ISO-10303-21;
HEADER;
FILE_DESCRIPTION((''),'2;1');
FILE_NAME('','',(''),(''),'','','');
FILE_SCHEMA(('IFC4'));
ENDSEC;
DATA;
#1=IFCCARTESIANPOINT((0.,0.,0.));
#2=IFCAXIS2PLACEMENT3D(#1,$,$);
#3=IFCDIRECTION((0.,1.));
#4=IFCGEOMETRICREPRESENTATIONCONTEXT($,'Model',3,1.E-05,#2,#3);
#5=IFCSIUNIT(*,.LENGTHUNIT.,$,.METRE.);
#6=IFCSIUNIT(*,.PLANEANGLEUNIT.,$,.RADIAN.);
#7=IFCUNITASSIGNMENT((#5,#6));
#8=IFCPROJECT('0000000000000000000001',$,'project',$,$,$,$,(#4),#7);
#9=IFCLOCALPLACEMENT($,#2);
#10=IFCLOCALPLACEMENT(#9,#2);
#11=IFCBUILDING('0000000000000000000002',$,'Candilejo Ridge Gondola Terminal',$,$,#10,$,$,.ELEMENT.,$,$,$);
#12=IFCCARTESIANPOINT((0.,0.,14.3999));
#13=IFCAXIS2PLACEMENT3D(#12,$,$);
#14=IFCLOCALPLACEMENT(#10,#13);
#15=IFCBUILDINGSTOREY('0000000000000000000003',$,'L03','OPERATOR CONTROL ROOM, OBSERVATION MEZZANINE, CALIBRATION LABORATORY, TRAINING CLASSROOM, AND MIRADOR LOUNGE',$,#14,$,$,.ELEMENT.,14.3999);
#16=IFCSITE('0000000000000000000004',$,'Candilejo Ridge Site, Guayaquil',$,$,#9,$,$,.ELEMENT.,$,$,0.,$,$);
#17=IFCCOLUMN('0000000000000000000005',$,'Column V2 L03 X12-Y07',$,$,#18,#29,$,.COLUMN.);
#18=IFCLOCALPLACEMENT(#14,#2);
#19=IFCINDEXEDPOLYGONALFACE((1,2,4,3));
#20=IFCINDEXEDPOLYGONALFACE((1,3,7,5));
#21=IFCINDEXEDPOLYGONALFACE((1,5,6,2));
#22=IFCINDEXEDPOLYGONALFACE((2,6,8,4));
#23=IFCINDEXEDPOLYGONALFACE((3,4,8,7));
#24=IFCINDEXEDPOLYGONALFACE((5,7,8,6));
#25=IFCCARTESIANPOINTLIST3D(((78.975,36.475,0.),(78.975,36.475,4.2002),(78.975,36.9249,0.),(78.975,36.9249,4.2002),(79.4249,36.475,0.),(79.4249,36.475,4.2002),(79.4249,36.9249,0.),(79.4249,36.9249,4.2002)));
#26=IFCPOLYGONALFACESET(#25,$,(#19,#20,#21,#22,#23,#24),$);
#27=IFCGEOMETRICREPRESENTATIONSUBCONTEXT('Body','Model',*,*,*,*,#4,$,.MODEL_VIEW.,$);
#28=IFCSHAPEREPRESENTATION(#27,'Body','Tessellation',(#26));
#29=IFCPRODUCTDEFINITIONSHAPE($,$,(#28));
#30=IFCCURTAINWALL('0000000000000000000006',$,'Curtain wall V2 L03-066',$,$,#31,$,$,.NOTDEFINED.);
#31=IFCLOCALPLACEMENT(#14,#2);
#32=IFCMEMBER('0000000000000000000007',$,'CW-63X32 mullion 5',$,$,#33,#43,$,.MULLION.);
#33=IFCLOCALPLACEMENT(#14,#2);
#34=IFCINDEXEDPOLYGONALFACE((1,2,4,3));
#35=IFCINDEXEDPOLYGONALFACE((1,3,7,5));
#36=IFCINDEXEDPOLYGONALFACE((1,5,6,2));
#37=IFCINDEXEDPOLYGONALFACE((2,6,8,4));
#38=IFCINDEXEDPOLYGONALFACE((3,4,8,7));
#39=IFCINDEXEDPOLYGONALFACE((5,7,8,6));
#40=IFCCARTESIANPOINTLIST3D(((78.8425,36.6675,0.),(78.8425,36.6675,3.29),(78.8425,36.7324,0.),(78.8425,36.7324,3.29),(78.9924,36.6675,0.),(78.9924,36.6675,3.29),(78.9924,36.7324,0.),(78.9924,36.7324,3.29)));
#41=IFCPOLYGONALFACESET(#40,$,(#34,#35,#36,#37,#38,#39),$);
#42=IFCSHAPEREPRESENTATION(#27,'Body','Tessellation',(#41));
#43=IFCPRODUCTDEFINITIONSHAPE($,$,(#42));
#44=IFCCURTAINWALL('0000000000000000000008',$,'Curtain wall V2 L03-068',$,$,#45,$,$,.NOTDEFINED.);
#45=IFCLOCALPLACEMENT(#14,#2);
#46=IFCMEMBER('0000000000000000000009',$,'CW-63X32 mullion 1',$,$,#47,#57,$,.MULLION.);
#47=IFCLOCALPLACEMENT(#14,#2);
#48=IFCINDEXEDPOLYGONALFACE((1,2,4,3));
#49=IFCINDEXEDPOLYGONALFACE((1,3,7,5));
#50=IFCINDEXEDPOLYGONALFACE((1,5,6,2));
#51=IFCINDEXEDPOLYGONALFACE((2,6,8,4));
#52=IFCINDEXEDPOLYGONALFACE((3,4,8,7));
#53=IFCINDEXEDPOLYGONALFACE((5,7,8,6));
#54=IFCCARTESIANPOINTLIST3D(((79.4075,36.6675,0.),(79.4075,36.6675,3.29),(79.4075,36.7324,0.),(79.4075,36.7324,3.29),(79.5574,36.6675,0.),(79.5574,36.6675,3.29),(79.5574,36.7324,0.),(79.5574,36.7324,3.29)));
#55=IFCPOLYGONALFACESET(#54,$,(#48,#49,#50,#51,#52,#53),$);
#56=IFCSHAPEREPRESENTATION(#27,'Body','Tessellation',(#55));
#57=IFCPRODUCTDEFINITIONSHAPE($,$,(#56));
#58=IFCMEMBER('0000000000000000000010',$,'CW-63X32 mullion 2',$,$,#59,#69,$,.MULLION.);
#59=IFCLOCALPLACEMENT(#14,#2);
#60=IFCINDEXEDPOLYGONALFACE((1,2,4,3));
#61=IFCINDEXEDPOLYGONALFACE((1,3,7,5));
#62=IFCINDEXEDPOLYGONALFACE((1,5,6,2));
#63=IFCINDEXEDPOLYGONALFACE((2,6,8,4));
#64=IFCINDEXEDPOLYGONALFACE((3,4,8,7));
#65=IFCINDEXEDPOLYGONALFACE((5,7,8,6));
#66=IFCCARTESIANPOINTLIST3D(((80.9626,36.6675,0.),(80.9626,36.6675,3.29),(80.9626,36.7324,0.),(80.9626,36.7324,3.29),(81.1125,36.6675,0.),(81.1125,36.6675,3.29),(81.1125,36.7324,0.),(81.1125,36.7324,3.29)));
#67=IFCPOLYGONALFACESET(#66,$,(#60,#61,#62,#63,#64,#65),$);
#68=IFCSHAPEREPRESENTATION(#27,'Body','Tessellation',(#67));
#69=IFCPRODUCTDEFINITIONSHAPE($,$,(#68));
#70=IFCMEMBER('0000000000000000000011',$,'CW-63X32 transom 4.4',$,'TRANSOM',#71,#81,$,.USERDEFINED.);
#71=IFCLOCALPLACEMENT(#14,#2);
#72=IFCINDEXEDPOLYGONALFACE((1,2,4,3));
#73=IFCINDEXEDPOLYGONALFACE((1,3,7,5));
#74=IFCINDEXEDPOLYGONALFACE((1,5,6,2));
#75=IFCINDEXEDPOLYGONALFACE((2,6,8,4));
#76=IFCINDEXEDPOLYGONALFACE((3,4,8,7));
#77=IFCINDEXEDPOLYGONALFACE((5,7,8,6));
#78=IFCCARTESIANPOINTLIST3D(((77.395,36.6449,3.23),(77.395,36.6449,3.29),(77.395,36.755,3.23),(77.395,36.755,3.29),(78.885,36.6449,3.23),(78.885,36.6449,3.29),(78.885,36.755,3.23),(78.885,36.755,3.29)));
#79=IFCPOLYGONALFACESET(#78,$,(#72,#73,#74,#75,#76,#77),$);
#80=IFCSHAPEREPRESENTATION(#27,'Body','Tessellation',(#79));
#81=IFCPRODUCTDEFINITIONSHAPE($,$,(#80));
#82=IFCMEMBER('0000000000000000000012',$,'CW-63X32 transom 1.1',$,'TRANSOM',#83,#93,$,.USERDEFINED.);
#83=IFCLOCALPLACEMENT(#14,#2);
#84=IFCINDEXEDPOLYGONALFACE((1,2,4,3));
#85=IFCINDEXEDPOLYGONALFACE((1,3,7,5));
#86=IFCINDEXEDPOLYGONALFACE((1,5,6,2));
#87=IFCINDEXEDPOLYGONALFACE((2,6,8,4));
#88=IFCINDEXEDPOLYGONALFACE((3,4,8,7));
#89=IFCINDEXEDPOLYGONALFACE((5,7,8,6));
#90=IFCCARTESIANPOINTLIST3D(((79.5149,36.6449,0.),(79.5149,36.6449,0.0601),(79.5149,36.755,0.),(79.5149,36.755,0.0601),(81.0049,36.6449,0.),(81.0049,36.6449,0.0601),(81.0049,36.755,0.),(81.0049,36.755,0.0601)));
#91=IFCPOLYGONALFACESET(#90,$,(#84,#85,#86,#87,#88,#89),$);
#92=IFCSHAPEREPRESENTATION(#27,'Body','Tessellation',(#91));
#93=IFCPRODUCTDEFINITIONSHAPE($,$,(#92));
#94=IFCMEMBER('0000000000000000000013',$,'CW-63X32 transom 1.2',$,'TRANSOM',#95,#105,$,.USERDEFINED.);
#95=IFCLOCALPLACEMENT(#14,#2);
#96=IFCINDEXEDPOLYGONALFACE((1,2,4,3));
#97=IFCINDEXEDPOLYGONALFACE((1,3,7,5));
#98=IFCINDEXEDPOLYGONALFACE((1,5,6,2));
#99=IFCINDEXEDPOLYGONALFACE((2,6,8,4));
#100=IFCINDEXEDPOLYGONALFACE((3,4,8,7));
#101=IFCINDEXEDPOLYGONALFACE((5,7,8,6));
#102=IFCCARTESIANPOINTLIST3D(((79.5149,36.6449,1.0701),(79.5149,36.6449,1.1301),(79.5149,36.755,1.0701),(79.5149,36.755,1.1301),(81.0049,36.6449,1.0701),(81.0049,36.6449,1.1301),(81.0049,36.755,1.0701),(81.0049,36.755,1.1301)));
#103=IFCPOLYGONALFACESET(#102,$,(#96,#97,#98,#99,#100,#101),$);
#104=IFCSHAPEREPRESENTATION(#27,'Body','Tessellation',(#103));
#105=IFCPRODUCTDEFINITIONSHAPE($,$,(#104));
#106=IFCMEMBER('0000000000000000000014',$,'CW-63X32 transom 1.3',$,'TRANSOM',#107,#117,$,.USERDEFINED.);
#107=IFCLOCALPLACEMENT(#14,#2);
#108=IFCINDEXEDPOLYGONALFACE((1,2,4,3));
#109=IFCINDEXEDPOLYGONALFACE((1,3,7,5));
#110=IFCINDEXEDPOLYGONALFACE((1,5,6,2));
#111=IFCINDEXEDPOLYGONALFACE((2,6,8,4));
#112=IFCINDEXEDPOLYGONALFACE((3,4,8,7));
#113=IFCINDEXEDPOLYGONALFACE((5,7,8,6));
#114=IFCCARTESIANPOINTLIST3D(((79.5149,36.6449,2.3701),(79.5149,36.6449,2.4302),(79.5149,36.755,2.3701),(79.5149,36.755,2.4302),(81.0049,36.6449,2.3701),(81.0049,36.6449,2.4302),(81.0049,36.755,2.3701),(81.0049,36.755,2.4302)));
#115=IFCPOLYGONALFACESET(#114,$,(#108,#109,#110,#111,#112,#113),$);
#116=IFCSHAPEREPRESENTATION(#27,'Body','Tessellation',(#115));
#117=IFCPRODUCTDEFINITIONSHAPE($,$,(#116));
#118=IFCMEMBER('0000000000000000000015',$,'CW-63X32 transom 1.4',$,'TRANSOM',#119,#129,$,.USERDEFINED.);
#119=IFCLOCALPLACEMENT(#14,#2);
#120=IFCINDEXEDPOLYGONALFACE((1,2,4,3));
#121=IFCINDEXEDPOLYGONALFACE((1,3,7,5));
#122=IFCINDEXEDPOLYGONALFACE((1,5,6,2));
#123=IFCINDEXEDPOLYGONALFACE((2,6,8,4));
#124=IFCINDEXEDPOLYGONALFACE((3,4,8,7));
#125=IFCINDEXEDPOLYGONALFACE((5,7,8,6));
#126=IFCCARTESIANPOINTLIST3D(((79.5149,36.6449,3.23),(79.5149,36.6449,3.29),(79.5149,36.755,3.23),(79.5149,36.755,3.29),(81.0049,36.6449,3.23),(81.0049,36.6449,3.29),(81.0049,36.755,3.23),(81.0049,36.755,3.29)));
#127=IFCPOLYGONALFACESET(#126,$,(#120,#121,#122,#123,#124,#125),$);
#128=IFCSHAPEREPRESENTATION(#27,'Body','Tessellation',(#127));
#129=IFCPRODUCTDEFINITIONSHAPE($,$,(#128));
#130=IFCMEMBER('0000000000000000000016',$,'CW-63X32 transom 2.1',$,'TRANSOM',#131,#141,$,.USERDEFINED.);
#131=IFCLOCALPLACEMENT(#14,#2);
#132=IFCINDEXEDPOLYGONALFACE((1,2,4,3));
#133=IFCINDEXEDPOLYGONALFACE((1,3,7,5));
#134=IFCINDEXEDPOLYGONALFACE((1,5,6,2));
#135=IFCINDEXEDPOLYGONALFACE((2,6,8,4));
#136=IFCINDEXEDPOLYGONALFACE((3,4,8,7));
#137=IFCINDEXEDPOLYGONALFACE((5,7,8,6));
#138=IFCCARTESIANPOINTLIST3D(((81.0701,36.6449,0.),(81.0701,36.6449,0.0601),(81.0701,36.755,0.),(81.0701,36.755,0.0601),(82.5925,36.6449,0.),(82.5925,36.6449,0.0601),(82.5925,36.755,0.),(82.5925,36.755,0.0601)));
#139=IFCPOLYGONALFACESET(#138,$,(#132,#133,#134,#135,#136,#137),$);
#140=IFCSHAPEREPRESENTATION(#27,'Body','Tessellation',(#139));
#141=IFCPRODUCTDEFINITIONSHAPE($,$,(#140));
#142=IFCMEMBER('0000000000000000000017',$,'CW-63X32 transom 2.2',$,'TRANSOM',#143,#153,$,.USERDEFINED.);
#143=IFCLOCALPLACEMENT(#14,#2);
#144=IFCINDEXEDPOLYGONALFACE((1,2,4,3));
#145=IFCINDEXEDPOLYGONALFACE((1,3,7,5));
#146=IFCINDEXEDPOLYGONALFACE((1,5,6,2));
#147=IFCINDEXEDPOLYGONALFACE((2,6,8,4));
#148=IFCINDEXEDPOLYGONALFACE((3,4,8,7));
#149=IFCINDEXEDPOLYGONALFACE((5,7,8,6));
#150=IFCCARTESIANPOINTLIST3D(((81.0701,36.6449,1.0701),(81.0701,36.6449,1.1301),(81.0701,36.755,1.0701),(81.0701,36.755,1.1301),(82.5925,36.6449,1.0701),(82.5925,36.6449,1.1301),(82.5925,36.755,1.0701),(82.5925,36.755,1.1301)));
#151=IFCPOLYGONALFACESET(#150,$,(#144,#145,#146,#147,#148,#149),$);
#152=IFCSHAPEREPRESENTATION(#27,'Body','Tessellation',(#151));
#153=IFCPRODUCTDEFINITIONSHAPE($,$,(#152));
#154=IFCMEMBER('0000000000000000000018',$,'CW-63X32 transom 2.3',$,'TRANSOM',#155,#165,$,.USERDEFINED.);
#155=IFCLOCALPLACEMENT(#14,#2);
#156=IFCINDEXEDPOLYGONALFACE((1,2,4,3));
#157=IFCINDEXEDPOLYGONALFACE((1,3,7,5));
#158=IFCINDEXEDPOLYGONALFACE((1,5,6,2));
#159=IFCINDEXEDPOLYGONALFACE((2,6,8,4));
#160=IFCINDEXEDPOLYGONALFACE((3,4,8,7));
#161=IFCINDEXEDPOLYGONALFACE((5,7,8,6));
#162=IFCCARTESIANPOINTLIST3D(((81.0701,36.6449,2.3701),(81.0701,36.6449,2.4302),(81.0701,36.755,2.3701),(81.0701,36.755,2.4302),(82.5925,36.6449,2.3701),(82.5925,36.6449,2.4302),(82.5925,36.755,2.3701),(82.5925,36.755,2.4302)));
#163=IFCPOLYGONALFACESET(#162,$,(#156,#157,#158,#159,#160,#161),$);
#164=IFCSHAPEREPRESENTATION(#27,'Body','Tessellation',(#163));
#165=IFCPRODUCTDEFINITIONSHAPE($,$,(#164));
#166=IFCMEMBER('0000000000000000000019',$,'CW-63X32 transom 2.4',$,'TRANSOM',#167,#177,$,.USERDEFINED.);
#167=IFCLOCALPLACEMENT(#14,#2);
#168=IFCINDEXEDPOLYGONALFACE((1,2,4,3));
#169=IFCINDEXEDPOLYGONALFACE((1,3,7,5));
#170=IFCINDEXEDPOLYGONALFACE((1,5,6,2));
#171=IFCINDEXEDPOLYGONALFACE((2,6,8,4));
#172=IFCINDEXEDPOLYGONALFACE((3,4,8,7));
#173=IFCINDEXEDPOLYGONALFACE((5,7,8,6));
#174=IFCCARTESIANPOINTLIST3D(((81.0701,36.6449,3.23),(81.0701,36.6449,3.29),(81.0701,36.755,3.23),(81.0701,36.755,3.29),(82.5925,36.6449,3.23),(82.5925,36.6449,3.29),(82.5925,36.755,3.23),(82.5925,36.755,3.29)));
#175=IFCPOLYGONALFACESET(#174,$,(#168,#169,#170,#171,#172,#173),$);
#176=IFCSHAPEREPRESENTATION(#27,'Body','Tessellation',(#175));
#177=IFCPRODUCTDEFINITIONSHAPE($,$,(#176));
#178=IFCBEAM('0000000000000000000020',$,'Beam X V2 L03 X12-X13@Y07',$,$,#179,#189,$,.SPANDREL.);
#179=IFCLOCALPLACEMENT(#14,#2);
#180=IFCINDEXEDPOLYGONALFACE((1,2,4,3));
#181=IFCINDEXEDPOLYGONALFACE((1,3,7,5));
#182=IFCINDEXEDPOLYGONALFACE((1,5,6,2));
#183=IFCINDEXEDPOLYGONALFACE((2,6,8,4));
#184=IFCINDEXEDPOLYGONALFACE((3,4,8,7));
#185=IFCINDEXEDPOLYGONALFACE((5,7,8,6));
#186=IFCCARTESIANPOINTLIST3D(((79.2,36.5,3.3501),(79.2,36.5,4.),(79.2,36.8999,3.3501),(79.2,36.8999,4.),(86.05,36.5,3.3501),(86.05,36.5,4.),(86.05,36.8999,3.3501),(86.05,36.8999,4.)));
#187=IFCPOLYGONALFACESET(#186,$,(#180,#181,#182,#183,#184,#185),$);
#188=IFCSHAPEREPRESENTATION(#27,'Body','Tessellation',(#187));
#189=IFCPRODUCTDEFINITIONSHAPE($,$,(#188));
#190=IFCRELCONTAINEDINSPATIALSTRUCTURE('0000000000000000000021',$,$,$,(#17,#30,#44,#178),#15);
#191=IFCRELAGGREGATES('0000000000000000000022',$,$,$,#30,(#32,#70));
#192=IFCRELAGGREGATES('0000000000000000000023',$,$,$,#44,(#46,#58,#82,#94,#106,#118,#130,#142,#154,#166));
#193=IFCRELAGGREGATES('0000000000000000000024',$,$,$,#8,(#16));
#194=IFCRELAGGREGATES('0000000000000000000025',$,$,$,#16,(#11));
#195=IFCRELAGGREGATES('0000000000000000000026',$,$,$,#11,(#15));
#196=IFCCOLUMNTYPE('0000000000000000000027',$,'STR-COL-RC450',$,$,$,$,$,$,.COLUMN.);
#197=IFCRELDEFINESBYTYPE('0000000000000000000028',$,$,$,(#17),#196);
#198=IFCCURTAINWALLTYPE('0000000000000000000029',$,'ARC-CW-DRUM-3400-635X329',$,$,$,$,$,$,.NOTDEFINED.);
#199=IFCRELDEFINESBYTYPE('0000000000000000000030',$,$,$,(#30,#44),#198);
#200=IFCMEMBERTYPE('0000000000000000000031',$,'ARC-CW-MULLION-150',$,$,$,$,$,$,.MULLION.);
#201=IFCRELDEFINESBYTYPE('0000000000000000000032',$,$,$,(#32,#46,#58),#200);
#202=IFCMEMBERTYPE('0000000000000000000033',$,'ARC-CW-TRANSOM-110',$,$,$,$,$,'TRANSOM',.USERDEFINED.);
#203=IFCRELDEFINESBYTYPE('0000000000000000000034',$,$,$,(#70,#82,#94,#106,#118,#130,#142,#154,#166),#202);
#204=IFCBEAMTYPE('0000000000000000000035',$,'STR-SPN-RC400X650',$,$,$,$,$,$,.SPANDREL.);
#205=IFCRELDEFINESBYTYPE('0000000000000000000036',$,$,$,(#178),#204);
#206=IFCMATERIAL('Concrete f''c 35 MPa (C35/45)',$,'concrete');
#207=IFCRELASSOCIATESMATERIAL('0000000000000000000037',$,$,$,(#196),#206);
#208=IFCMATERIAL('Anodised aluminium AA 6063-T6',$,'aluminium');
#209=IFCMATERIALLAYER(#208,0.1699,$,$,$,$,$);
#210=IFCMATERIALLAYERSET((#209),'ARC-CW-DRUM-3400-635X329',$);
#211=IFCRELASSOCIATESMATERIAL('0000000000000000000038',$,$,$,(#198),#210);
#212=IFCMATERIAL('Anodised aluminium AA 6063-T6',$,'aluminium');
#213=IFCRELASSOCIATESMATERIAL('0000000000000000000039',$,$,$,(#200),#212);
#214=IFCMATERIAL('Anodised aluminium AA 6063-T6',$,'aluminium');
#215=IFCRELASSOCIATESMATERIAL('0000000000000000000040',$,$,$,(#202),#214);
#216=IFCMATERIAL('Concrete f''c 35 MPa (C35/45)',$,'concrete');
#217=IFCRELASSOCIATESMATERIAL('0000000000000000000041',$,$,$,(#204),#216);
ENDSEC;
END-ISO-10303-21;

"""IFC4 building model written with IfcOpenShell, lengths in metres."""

from ifc_helpers import new_model, si_unit, direction, frame, origin, origin_2d, place, context, subcontext, project, spatial, rectangle, extrude, material, layer, layer_set, material_profile, profile_set, type_object, element, aggregate, save


model = new_model("IFC4")

# Units and contexts
model_context = context("Model", 3, precision=1e-05, world=origin(), true_north=direction((0.0, 1.0)))
body_context = subcontext(model_context, "Body", "Model", "MODEL_VIEW")
ifc_project = project(units=[si_unit("LENGTHUNIT", "METRE"), si_unit("PLANEANGLEUNIT", "RADIAN")], contexts=[model_context])

# Site, building, storey
site_placement = place(None, origin())
site = spatial("IfcSite", under=ifc_project, at=site_placement, Name="Candilejo Ridge Site, Guayaquil", CompositionType="ELEMENT", RefElevation=0.0)
building_placement = place(site_placement, origin())
building = spatial("IfcBuilding", under=site, at=building_placement, Name="Candilejo Ridge Gondola Terminal", CompositionType="ELEMENT")
storey_placement = place(building_placement, frame((0.0, 0.0, 14.3999)))
storey = spatial("IfcBuildingStorey", under=building, at=storey_placement, Name="L03", Description="OPERATOR CONTROL ROOM, OBSERVATION MEZZANINE, CALIBRATION LABORATORY, TRAINING CLASSROOM, AND MIRADOR LOUNGE", CompositionType="ELEMENT", Elevation=14.3999)

# Column
ifc_material_1 = material(Name="Concrete f'c 35 MPa (C35/45)", Category="concrete")
ifc_material_profile_1 = material_profile(ifc_material_1, rectangle(XDim=0.45, YDim=0.45, at=origin_2d()))
ifc_profile_set_1 = profile_set([ifc_material_profile_1], Name="Concrete f'c 35 MPa (C35/45)")
column_type = type_object("IfcColumnType", Name="STR-COL-RC450", PredefinedType="COLUMN", material=ifc_profile_set_1)
column_placement = place(storey_placement, frame((79.2, 36.7, 0.0), z_axis=(0.0, 0.0, 1.0), x_axis=(1.0, 0.0, 0.0)))
element("IfcColumn", 1, at=column_placement, inside=storey, type_object=column_type, Name="Column V2 L03 X12-Y07", PredefinedType="COLUMN", context=body_context, shape_type="SweptSolid", body=[
    extrude(rectangle(XDim=0.45, YDim=0.45, at=origin_2d()), origin(), (0.0, 0.0, 1.0), 4.2002),
])

# Curtain wall, member
ifc_material_2 = material(Name="Anodised aluminium AA 6063-T6", Category="aluminium")
ifc_layer_1 = layer(ifc_material_2, 0.1699)
ifc_layer_set_1 = layer_set([ifc_layer_1], Name="ARC-CW-DRUM-3400-635X329")
curtain_wall_type = type_object("IfcCurtainWallType", Name="ARC-CW-DRUM-3400-635X329", PredefinedType="NOTDEFINED", material=ifc_layer_set_1)
curtain_wall_1_placement = place(storey_placement, origin())
curtain_wall_1 = element("IfcCurtainWall", 2, at=curtain_wall_1_placement, inside=storey, type_object=curtain_wall_type, Name="Curtain wall V2 L03-066", PredefinedType="NOTDEFINED")
ifc_material_3 = material(Name="Anodised aluminium AA 6063-T6", Category="aluminium")
ifc_material_profile_2 = material_profile(ifc_material_3, rectangle(XDim=0.0649, YDim=0.1499, at=origin_2d()))
ifc_profile_set_2 = profile_set([ifc_material_profile_2], Name="Anodised aluminium AA 6063-T6")
member_type_1 = type_object("IfcMemberType", Name="ARC-CW-MULLION-150", PredefinedType="MULLION", material=ifc_profile_set_2)
member_1_placement = place(storey_placement, frame((78.9175, 36.7, 0.0), z_axis=(0.0, 0.0, 1.0), x_axis=(0.0, 1.0, 0.0)))
member_1 = element("IfcMember", 3, at=member_1_placement, type_object=member_type_1, Name="CW-63X32 mullion 5", PredefinedType="MULLION", context=body_context, shape_type="SweptSolid", body=[
    extrude(rectangle(XDim=0.0649, YDim=0.1499, at=origin_2d()), origin(), (0.0, 0.0, 1.0), 3.29),
])

# Curtain wall, members
curtain_wall_2_placement = place(storey_placement, origin())
curtain_wall_2 = element("IfcCurtainWall", 4, at=curtain_wall_2_placement, inside=storey, type_object=curtain_wall_type, Name="Curtain wall V2 L03-068", PredefinedType="NOTDEFINED")
member_2_placement = place(storey_placement, frame((79.4824, 36.7, 0.0), z_axis=(0.0, 0.0, 1.0), x_axis=(0.0, 1.0, 0.0)))
member_2 = element("IfcMember", 5, at=member_2_placement, type_object=member_type_1, Name="CW-63X32 mullion 1", PredefinedType="MULLION", context=body_context, shape_type="SweptSolid", body=[
    extrude(rectangle(XDim=0.0649, YDim=0.1499, at=origin_2d()), origin(), (0.0, 0.0, 1.0), 3.29),
])
member_3_placement = place(storey_placement, frame((81.0376, 36.7, 0.0), z_axis=(0.0, 0.0, 1.0), x_axis=(0.0, 1.0, 0.0)))
member_3 = element("IfcMember", 6, at=member_3_placement, type_object=member_type_1, Name="CW-63X32 mullion 2", PredefinedType="MULLION", context=body_context, shape_type="SweptSolid", body=[
    extrude(rectangle(XDim=0.0649, YDim=0.1499, at=origin_2d()), origin(), (0.0, 0.0, 1.0), 3.29),
])

# Members
ifc_material_4 = material(Name="Anodised aluminium AA 6063-T6", Category="aluminium")
ifc_material_profile_3 = material_profile(ifc_material_4, rectangle(XDim=0.1101, YDim=0.0601, at=origin_2d()))
ifc_profile_set_3 = profile_set([ifc_material_profile_3], Name="Anodised aluminium AA 6063-T6")
member_type_2 = type_object("IfcMemberType", Name="ARC-CW-TRANSOM-110", ElementType="TRANSOM", PredefinedType="USERDEFINED", material=ifc_profile_set_3)
member_4_placement = place(storey_placement, frame((77.395, 36.7, 3.26), z_axis=(1.0, 0.0, 0.0), x_axis=(0.0, 1.0, 0.0)))
member_4 = element("IfcMember", 7, at=member_4_placement, type_object=member_type_2, Name="CW-63X32 transom 4.4", ObjectType="TRANSOM", PredefinedType="USERDEFINED", context=body_context, shape_type="SweptSolid", body=[
    extrude(rectangle(XDim=0.1101, YDim=0.0601, at=origin_2d()), origin(), (0.0, 0.0, 1.0), 1.49),
])
member_5_placement = place(storey_placement, frame((79.5149, 36.7, 0.03), z_axis=(1.0, 0.0, 0.0), x_axis=(0.0, 1.0, 0.0)))
member_5 = element("IfcMember", 8, at=member_5_placement, type_object=member_type_2, Name="CW-63X32 transom 1.1", ObjectType="TRANSOM", PredefinedType="USERDEFINED", context=body_context, shape_type="SweptSolid", body=[
    extrude(rectangle(XDim=0.1101, YDim=0.0601, at=origin_2d()), origin(), (0.0, 0.0, 1.0), 1.49),
])
member_6_placement = place(storey_placement, frame((79.5149, 36.7, 1.1001), z_axis=(1.0, 0.0, 0.0), x_axis=(0.0, 1.0, 0.0)))
member_6 = element("IfcMember", 9, at=member_6_placement, type_object=member_type_2, Name="CW-63X32 transom 1.2", ObjectType="TRANSOM", PredefinedType="USERDEFINED", context=body_context, shape_type="SweptSolid", body=[
    extrude(rectangle(XDim=0.1101, YDim=0.0601, at=origin_2d()), origin(), (0.0, 0.0, 1.0), 1.49),
])
member_7_placement = place(storey_placement, frame((79.5149, 36.7, 2.4001), z_axis=(1.0, 0.0, 0.0), x_axis=(0.0, 1.0, 0.0)))
member_7 = element("IfcMember", 10, at=member_7_placement, type_object=member_type_2, Name="CW-63X32 transom 1.3", ObjectType="TRANSOM", PredefinedType="USERDEFINED", context=body_context, shape_type="SweptSolid", body=[
    extrude(rectangle(XDim=0.1101, YDim=0.0601, at=origin_2d()), origin(), (0.0, 0.0, 1.0), 1.49),
])
member_8_placement = place(storey_placement, frame((79.5149, 36.7, 3.26), z_axis=(1.0, 0.0, 0.0), x_axis=(0.0, 1.0, 0.0)))
member_8 = element("IfcMember", 11, at=member_8_placement, type_object=member_type_2, Name="CW-63X32 transom 1.4", ObjectType="TRANSOM", PredefinedType="USERDEFINED", context=body_context, shape_type="SweptSolid", body=[
    extrude(rectangle(XDim=0.1101, YDim=0.0601, at=origin_2d()), origin(), (0.0, 0.0, 1.0), 1.49),
])
member_9_placement = place(storey_placement, frame((81.0701, 36.7, 0.03), z_axis=(1.0, 0.0, 0.0), x_axis=(0.0, 1.0, 0.0)))
member_9 = element("IfcMember", 12, at=member_9_placement, type_object=member_type_2, Name="CW-63X32 transom 2.1", ObjectType="TRANSOM", PredefinedType="USERDEFINED", context=body_context, shape_type="SweptSolid", body=[
    extrude(rectangle(XDim=0.1101, YDim=0.0601, at=origin_2d()), origin(), (0.0, 0.0, 1.0), 1.5225),
])
member_10_placement = place(storey_placement, frame((81.0701, 36.7, 1.1001), z_axis=(1.0, 0.0, 0.0), x_axis=(0.0, 1.0, 0.0)))
member_10 = element("IfcMember", 13, at=member_10_placement, type_object=member_type_2, Name="CW-63X32 transom 2.2", ObjectType="TRANSOM", PredefinedType="USERDEFINED", context=body_context, shape_type="SweptSolid", body=[
    extrude(rectangle(XDim=0.1101, YDim=0.0601, at=origin_2d()), origin(), (0.0, 0.0, 1.0), 1.5225),
])
member_11_placement = place(storey_placement, frame((81.0701, 36.7, 2.4001), z_axis=(1.0, 0.0, 0.0), x_axis=(0.0, 1.0, 0.0)))
member_11 = element("IfcMember", 14, at=member_11_placement, type_object=member_type_2, Name="CW-63X32 transom 2.3", ObjectType="TRANSOM", PredefinedType="USERDEFINED", context=body_context, shape_type="SweptSolid", body=[
    extrude(rectangle(XDim=0.1101, YDim=0.0601, at=origin_2d()), origin(), (0.0, 0.0, 1.0), 1.5225),
])
member_12_placement = place(storey_placement, frame((81.0701, 36.7, 3.26), z_axis=(1.0, 0.0, 0.0), x_axis=(0.0, 1.0, 0.0)))
member_12 = element("IfcMember", 15, at=member_12_placement, type_object=member_type_2, Name="CW-63X32 transom 2.4", ObjectType="TRANSOM", PredefinedType="USERDEFINED", context=body_context, shape_type="SweptSolid", body=[
    extrude(rectangle(XDim=0.1101, YDim=0.0601, at=origin_2d()), origin(), (0.0, 0.0, 1.0), 1.5225),
])

# Beam
ifc_material_5 = material(Name="Concrete f'c 35 MPa (C35/45)", Category="concrete")
ifc_material_profile_4 = material_profile(ifc_material_5, rectangle(XDim=0.3999, YDim=0.6499, at=origin_2d()))
ifc_profile_set_4 = profile_set([ifc_material_profile_4], Name="Concrete f'c 35 MPa (C35/45)")
beam_type = type_object("IfcBeamType", Name="STR-SPN-RC400X650", PredefinedType="SPANDREL", material=ifc_profile_set_4)
beam_placement = place(storey_placement, frame((79.2, 36.7, 3.675), z_axis=(1.0, 0.0, 0.0), x_axis=(0.0, 1.0, 0.0)))
element("IfcBeam", 16, at=beam_placement, inside=storey, type_object=beam_type, Name="Beam X V2 L03 X12-X13@Y07", PredefinedType="SPANDREL", context=body_context, shape_type="SweptSolid", body=[
    extrude(rectangle(XDim=0.3999, YDim=0.6499, at=origin_2d()), origin(), (0.0, 0.0, 1.0), 6.8501),
])

aggregate(curtain_wall_1, [member_1, member_4])
aggregate(curtain_wall_2, [member_2, member_3, member_5, member_6, member_7, member_8, member_9, member_10, member_11, member_12])

save(model, "model.ifc")
